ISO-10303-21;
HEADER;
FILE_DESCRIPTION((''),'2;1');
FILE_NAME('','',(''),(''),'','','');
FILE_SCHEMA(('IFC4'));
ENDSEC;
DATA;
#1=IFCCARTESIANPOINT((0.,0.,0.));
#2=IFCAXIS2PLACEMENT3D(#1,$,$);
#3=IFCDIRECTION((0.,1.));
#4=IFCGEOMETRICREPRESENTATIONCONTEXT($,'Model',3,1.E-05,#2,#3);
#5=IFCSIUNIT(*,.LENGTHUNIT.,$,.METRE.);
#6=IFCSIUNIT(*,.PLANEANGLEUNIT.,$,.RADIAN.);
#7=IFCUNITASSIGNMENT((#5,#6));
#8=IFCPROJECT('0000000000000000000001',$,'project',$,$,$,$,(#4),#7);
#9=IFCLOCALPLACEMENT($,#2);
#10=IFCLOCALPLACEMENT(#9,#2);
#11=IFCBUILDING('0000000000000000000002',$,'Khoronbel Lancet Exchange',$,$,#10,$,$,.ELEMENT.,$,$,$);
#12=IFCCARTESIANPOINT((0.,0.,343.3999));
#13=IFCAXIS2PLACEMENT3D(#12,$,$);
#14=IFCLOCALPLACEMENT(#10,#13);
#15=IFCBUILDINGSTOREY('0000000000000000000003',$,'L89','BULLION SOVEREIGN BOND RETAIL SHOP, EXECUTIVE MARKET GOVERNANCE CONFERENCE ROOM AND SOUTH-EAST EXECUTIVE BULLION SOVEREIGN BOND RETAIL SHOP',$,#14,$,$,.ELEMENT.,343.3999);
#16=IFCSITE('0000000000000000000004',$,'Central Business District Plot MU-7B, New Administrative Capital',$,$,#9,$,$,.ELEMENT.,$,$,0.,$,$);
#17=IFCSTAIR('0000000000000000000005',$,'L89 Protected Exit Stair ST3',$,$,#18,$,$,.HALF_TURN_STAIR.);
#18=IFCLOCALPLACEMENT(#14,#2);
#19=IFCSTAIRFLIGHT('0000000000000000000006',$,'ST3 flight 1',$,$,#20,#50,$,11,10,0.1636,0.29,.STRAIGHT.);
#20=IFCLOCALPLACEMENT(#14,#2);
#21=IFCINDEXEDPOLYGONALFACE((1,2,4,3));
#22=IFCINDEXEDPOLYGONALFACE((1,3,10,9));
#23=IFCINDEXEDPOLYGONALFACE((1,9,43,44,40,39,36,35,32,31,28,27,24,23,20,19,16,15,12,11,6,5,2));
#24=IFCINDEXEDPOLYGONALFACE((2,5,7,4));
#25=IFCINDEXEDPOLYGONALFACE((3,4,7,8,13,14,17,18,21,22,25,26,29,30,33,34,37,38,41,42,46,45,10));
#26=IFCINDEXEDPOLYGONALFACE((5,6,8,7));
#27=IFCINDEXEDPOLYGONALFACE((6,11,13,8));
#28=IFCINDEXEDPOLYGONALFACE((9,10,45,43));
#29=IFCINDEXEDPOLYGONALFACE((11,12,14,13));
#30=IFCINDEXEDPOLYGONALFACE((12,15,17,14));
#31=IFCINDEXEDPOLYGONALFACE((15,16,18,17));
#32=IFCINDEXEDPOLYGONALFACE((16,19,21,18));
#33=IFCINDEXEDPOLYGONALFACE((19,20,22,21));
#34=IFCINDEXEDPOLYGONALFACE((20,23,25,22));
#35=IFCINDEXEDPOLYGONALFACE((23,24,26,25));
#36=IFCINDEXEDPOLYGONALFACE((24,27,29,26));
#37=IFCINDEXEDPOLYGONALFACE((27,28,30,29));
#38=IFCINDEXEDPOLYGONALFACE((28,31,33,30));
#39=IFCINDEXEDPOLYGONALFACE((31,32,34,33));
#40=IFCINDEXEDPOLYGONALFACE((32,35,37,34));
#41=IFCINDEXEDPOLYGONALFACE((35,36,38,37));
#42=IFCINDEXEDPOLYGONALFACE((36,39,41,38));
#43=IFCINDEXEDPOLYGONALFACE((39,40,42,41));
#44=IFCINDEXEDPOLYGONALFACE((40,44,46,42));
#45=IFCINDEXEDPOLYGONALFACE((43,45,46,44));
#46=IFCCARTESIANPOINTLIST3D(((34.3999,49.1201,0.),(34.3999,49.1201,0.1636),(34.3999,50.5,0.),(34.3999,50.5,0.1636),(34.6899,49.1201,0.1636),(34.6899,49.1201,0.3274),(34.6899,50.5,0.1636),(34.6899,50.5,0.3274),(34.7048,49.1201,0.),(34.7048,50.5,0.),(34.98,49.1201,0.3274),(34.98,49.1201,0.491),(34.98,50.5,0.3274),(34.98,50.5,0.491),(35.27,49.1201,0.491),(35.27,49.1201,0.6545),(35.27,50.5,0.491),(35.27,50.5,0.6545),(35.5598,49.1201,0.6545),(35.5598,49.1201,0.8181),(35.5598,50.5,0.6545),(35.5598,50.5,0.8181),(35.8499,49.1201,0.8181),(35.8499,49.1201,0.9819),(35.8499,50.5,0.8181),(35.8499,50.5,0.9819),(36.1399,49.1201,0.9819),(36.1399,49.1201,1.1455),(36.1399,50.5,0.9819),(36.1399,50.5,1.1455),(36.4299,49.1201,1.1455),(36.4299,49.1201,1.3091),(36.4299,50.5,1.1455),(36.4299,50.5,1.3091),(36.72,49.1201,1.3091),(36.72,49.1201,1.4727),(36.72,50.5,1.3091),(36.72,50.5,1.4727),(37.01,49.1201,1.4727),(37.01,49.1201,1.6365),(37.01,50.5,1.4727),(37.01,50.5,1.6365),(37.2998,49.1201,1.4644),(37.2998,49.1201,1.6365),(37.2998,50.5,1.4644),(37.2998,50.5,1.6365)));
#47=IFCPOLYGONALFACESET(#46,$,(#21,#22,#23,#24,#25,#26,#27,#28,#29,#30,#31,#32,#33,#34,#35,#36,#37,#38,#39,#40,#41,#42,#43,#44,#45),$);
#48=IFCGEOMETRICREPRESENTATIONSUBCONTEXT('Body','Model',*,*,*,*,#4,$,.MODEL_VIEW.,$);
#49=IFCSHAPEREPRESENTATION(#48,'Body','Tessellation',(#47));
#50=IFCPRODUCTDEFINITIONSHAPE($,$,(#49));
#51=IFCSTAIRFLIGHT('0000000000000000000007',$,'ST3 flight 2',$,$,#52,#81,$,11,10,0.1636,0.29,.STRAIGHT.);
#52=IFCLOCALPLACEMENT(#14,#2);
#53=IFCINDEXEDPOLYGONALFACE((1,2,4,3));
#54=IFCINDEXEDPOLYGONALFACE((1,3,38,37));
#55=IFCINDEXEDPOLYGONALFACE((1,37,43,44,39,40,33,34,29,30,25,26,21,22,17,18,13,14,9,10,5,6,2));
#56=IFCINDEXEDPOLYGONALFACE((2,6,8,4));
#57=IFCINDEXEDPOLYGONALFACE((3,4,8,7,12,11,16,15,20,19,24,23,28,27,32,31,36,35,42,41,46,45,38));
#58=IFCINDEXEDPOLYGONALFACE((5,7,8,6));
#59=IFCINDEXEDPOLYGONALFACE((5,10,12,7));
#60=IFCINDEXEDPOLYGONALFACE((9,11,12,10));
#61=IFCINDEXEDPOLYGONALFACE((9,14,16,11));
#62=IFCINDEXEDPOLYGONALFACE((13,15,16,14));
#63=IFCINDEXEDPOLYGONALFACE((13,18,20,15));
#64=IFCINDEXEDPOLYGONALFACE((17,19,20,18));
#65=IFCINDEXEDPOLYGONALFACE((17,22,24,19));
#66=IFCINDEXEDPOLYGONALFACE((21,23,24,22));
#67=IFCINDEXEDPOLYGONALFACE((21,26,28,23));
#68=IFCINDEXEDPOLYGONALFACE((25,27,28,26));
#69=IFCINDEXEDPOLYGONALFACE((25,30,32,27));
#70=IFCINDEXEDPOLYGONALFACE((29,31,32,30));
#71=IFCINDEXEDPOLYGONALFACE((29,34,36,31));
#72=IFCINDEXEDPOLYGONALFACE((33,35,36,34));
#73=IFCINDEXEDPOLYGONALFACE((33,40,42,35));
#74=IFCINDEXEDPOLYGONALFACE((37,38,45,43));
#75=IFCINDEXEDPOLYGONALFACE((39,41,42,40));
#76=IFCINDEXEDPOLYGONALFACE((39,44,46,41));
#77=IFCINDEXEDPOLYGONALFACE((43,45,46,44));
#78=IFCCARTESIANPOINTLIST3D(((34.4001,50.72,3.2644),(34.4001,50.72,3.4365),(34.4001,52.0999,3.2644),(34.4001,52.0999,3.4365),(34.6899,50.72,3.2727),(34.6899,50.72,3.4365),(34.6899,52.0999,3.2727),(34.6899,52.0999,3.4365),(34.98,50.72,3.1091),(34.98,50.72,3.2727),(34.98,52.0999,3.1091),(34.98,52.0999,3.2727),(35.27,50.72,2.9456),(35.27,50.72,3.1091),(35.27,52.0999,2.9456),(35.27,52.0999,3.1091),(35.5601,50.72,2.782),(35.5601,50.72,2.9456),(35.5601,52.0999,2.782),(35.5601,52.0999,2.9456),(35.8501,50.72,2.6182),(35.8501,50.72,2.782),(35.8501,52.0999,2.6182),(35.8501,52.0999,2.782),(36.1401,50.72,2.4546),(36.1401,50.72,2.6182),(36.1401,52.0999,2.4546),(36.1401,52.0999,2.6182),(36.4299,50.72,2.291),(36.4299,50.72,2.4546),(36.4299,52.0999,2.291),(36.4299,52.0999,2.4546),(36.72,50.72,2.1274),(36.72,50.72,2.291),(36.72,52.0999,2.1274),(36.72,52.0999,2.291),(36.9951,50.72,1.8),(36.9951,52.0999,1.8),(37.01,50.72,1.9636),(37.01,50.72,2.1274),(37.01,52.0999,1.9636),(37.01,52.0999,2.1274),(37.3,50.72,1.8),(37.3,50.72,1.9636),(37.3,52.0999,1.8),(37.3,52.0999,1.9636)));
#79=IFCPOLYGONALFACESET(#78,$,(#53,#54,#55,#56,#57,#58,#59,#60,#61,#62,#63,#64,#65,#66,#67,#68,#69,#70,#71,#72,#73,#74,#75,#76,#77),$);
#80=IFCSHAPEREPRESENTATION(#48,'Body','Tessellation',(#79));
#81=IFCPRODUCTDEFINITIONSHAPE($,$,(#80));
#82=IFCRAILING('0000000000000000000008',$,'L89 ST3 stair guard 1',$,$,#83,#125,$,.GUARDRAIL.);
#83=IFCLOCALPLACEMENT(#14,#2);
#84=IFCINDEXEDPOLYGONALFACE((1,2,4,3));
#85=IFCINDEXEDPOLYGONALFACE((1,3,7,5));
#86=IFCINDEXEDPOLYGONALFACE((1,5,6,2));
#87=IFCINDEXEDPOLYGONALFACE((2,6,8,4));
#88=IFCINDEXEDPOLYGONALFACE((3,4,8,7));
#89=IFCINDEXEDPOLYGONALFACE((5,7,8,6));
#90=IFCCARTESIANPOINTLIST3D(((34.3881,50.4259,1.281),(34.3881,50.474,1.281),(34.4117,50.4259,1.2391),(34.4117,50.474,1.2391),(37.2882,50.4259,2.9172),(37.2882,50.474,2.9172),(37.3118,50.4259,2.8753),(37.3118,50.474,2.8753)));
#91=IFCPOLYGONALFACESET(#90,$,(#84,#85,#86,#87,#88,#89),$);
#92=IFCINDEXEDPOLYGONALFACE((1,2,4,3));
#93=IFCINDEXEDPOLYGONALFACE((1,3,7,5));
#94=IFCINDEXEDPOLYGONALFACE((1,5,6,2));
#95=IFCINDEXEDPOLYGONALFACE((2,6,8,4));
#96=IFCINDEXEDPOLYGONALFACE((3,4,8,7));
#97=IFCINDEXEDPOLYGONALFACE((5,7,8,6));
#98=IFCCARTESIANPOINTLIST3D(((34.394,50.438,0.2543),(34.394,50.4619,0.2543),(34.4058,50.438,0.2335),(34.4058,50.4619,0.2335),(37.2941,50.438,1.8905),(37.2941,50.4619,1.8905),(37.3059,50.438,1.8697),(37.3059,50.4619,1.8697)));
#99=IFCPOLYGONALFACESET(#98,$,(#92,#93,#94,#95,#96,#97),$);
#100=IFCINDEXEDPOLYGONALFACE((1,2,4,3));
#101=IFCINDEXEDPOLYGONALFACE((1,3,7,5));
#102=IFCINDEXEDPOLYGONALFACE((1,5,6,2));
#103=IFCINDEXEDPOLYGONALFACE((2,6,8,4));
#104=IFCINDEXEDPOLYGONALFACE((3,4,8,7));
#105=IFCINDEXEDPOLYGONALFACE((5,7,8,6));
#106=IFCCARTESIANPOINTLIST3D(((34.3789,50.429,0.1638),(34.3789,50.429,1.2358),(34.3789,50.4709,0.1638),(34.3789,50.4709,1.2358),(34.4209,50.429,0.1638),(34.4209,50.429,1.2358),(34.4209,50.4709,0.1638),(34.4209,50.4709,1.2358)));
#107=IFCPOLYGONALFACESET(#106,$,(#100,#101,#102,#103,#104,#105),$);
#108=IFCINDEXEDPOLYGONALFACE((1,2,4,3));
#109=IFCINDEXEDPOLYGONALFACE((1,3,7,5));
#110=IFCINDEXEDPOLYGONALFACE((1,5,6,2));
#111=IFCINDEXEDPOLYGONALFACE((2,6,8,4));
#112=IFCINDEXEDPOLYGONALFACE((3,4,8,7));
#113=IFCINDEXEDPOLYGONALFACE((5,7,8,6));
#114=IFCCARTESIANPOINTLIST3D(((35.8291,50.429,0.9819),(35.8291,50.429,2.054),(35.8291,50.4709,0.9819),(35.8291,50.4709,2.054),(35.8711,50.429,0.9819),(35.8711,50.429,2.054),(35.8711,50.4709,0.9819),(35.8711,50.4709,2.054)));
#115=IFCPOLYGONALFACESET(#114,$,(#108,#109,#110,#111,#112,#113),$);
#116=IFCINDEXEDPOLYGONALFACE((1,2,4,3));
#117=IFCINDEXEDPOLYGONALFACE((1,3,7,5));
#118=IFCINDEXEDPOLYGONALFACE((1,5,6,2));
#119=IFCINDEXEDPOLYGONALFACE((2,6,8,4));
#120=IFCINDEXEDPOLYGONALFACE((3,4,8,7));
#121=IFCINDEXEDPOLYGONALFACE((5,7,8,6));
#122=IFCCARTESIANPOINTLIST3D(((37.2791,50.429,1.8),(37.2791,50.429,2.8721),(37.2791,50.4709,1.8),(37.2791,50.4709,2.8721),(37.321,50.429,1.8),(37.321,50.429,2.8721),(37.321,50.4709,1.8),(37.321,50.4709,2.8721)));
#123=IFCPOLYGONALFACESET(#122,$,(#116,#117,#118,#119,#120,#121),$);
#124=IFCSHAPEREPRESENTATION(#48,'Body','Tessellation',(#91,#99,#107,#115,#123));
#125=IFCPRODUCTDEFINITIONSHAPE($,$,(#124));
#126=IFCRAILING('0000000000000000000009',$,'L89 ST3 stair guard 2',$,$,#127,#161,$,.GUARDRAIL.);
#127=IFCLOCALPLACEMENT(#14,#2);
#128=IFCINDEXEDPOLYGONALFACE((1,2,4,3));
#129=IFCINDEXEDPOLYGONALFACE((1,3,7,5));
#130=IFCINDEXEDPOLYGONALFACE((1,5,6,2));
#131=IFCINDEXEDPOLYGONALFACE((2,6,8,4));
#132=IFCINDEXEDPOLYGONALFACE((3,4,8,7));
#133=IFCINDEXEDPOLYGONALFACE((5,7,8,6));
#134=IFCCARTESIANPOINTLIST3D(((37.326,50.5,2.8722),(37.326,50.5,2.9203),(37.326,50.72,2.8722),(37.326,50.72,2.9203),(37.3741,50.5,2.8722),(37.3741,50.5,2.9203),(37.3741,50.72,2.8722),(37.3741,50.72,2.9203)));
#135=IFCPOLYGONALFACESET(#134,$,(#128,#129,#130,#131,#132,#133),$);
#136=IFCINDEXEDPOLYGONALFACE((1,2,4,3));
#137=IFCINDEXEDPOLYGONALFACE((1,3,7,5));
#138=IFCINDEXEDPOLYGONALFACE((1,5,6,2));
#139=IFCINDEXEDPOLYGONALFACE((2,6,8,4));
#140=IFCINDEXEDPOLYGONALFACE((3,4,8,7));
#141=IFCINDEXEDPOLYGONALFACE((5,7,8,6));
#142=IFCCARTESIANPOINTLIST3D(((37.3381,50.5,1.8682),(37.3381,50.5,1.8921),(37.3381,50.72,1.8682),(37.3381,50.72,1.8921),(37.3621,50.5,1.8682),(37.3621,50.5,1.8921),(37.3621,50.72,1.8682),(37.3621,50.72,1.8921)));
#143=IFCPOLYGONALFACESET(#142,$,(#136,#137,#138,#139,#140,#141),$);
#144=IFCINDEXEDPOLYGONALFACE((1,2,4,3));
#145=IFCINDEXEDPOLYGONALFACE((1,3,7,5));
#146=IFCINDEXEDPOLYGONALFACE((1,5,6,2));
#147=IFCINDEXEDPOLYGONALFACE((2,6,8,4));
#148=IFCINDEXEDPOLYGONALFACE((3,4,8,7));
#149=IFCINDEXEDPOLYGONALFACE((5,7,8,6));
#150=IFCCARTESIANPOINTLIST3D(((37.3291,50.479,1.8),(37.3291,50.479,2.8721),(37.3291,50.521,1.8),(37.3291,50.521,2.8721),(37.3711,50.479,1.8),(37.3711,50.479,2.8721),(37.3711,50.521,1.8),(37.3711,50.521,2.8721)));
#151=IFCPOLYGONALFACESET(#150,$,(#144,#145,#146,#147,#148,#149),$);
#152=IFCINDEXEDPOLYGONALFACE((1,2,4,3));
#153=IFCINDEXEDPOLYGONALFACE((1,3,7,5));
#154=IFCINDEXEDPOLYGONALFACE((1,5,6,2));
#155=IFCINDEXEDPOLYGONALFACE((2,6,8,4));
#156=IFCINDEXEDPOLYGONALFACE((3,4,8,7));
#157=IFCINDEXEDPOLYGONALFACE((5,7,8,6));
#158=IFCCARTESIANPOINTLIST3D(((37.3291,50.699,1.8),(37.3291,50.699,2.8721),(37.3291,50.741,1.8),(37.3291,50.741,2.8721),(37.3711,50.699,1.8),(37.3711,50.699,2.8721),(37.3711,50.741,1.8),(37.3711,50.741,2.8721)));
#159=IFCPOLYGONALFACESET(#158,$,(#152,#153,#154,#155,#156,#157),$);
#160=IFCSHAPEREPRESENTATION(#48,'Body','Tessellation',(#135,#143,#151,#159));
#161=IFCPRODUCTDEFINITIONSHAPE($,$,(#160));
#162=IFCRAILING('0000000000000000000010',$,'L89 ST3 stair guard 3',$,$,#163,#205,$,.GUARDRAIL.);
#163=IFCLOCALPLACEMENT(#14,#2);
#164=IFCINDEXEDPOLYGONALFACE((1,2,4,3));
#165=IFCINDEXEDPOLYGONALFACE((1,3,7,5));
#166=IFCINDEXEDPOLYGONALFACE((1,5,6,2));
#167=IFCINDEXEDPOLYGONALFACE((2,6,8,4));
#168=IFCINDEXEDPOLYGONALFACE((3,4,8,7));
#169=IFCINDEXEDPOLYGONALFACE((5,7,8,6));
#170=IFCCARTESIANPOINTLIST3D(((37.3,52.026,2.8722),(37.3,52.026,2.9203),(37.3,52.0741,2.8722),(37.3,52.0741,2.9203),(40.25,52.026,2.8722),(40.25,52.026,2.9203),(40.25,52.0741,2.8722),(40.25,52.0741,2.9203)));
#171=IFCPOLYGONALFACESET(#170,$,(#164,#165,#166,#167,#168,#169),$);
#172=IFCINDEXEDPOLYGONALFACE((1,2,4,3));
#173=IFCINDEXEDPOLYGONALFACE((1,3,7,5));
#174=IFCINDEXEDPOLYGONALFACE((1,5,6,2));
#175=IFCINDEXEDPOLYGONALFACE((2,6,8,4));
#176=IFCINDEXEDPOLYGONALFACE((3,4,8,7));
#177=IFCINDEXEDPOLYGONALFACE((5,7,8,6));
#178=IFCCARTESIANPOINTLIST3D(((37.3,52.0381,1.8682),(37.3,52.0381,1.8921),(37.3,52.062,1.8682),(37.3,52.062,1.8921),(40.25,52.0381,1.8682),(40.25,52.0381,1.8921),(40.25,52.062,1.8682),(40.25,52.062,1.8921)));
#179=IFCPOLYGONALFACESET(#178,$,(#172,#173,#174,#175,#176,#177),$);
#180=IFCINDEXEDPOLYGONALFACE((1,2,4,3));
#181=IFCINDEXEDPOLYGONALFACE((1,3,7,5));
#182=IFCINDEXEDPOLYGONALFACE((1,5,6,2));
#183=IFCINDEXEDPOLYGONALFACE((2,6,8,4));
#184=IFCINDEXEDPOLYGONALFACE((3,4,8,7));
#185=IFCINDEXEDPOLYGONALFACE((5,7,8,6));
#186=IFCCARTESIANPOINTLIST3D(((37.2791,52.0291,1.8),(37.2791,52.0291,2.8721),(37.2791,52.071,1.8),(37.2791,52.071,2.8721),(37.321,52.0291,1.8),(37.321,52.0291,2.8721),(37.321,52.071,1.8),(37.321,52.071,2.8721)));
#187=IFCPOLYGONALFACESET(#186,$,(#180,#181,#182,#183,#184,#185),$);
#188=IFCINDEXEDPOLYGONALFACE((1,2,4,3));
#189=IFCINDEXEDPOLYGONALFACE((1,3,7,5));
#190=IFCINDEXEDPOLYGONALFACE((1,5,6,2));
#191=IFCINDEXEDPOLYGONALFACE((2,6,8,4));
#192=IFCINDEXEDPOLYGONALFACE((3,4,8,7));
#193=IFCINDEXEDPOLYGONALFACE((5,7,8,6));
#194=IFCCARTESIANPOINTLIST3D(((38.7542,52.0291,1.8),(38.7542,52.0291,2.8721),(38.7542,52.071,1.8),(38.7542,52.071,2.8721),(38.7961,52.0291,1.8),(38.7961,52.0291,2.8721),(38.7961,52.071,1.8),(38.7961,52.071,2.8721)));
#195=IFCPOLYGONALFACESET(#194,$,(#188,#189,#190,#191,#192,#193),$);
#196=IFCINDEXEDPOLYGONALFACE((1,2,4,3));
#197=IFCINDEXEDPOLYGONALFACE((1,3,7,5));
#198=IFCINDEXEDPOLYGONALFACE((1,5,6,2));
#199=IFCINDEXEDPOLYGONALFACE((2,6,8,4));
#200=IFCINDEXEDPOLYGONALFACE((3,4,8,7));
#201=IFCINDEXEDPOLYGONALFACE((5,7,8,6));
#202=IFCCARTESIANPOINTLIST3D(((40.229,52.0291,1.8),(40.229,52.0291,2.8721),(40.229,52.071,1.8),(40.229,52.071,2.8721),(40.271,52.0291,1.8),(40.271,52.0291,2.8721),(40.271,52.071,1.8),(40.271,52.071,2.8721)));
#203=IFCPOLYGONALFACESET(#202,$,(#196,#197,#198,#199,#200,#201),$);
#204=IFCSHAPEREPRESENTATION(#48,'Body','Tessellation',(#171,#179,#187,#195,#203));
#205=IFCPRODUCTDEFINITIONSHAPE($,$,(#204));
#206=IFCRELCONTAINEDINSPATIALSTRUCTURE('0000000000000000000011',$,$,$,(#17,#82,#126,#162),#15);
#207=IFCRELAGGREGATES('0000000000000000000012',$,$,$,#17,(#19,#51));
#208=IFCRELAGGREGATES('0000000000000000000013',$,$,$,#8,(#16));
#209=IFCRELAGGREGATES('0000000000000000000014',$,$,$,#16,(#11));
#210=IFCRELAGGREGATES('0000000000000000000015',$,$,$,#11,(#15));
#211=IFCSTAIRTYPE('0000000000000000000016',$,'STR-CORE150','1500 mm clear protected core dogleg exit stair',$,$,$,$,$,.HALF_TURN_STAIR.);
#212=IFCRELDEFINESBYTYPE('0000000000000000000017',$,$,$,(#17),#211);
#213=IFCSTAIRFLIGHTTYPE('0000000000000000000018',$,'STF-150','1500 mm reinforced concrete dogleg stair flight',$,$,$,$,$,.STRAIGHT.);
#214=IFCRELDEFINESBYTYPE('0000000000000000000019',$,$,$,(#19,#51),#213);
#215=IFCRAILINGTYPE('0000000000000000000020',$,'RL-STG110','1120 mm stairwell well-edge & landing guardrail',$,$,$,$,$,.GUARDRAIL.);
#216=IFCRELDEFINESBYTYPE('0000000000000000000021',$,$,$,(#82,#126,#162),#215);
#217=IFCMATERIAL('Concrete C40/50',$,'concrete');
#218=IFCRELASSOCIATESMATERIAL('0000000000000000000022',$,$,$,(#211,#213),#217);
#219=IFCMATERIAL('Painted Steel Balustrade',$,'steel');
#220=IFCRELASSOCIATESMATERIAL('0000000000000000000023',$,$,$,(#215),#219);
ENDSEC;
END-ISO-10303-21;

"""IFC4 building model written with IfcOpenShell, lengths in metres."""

from ifc_helpers import new_model, si_unit, direction, frame, origin, origin_2d, place, context, subcontext, project, spatial, polyline, rectangle, outline, extrude, material, type_object, element, aggregate, save


model = new_model("IFC4")

# Units and contexts
model_context = context("Model", 3, precision=1e-05, world=origin(), true_north=direction((0.0, 1.0)))
body_context = subcontext(model_context, "Body", "Model", "MODEL_VIEW")
ifc_project = project(units=[si_unit("LENGTHUNIT", "METRE"), si_unit("PLANEANGLEUNIT", "RADIAN")], contexts=[model_context])

# Site, building, storey
site_placement = place(None, origin())
site = spatial("IfcSite", under=ifc_project, at=site_placement, Name="Central Business District Plot MU-7B, New Administrative Capital", CompositionType="ELEMENT", RefElevation=0.0)
building_placement = place(site_placement, origin())
building = spatial("IfcBuilding", under=site, at=building_placement, Name="Khoronbel Lancet Exchange", CompositionType="ELEMENT")
storey_placement = place(building_placement, frame((0.0, 0.0, 343.3999)))
storey = spatial("IfcBuildingStorey", under=building, at=storey_placement, Name="L89", Description="BULLION SOVEREIGN BOND RETAIL SHOP, EXECUTIVE MARKET GOVERNANCE CONFERENCE ROOM AND SOUTH-EAST EXECUTIVE BULLION SOVEREIGN BOND RETAIL SHOP", CompositionType="ELEMENT", Elevation=343.3999)

# Stair, stair flights
ifc_material_1 = material(Name="Concrete C40/50", Category="concrete")
stair_type = type_object("IfcStairType", Name="STR-CORE150", Description="1500 mm clear protected core dogleg exit stair", PredefinedType="HALF_TURN_STAIR", material=ifc_material_1)
stair_placement = place(storey_placement, origin())
stair = element("IfcStair", 1, at=stair_placement, inside=storey, type_object=stair_type, Name="L89 Protected Exit Stair ST3", PredefinedType="HALF_TURN_STAIR")
stair_flight_type = type_object("IfcStairFlightType", Name="STF-150", Description="1500 mm reinforced concrete dogleg stair flight", PredefinedType="STRAIGHT", material=ifc_material_1)
stair_flight_1_placement = place(storey_placement, frame((34.3999, 49.8101, 0.0), z_axis=(0.0, 0.0, 1.0), x_axis=(1.0, 0.0, 0.0)))
stair_flight_1 = element("IfcStairFlight", 2, at=stair_flight_1_placement, type_object=stair_flight_type, Name="ST3 flight 1", NumberOfRisers=11, NumberOfTreads=10, PredefinedType="STRAIGHT", RiserHeight=0.1636, TreadLength=0.29, context=body_context, shape_type="SweptSolid", body=[
    extrude(outline(polyline([(0.0, 0.0), (0.0, 0.1636), (0.29, 0.1636), (0.29, 0.3274), (0.5801, 0.3274), (0.5801, 0.491), (0.8701, 0.491), (0.8701, 0.6545), (1.1599, 0.6545), (1.1599, 0.8181), (1.45, 0.8181), (1.45, 0.9819), (1.74, 0.9819), (1.74, 1.1455), (2.03, 1.1455), (2.03, 1.3091), (2.3201, 1.3091), (2.3201, 1.4727), (2.6101, 1.4727), (2.6101, 1.6365), (2.8999, 1.6365), (2.8999, 1.8), (2.8999, 1.4644), (0.3049, 0.0), (0.0, 0.0)])), frame((0.0, 0.6899, 0.0), z_axis=(0.0, -1.0, 0.0), x_axis=(1.0, 0.0, 0.0)), (0.0, 0.0, 1.0), 1.3799),
])
stair_flight_2_placement = place(storey_placement, frame((37.3, 51.4099, 1.8), z_axis=(0.0, 0.0, 1.0), x_axis=(-1.0, 0.0, 0.0)))
stair_flight_2 = element("IfcStairFlight", 3, at=stair_flight_2_placement, type_object=stair_flight_type, Name="ST3 flight 2", NumberOfRisers=11, NumberOfTreads=10, PredefinedType="STRAIGHT", RiserHeight=0.1636, TreadLength=0.29, context=body_context, shape_type="SweptSolid", body=[
    extrude(outline(polyline([(0.0, 0.0), (0.0, 0.1636), (0.29, 0.1636), (0.29, 0.3274), (0.5801, 0.3274), (0.5801, 0.491), (0.8701, 0.491), (0.8701, 0.6545), (1.1599, 0.6545), (1.1599, 0.8181), (1.45, 0.8181), (1.45, 0.9819), (1.74, 0.9819), (1.74, 1.1455), (2.03, 1.1455), (2.03, 1.3091), (2.3201, 1.3091), (2.3201, 1.4727), (2.6101, 1.4727), (2.6101, 1.6365), (2.8999, 1.6365), (2.8999, 1.8), (2.8999, 1.4644), (0.3049, 0.0), (0.0, 0.0)])), frame((0.0, 0.6899, 0.0), z_axis=(0.0, -1.0, 0.0), x_axis=(1.0, 0.0, 0.0)), (0.0, 0.0, 1.0), 1.3799),
])
aggregate(stair, [stair_flight_1, stair_flight_2])

# Railings
ifc_material_2 = material(Name="Painted Steel Balustrade", Category="steel")
railing_type_1 = type_object("IfcRailingType", Name="RL-STG110", Description="1120 mm stairwell well-edge & landing guardrail", PredefinedType="GUARDRAIL", material=ifc_material_2)
railing_1_placement = place(storey_placement, frame((34.3999, 50.45, 0.1638)))
element("IfcRailing", 4, at=railing_1_placement, inside=storey, type_object=railing_type_1, Name="L89 ST3 stair guard 1", PredefinedType="GUARDRAIL", context=body_context, shape_type="SweptSolid", body=[
    extrude(rectangle(XDim=0.0481, YDim=0.0481, at=origin_2d()), frame((0.0, 0.0, 1.0962), z_axis=(0.870946, 0.0, 0.491378), x_axis=(0.0, 1.0, 0.0)), (0.0, 0.0, 1.0), 3.3298),
    extrude(rectangle(XDim=0.0239, YDim=0.0239, at=origin_2d()), frame((0.0, 0.0, 0.0801), z_axis=(0.870946, 0.0, 0.491378), x_axis=(0.0, 1.0, 0.0)), (0.0, 0.0, 1.0), 3.3298),
    extrude(rectangle(XDim=0.042, YDim=0.042, at=origin_2d()), origin(), (0.0, 0.0, 1.0), 1.072),
    extrude(rectangle(XDim=0.042, YDim=0.042, at=origin_2d()), frame((1.4502, 0.0, 0.8181)), (0.0, 0.0, 1.0), 1.072),
    extrude(rectangle(XDim=0.042, YDim=0.042, at=origin_2d()), frame((2.9001, 0.0, 1.6362)), (0.0, 0.0, 1.0), 1.072),
])
railing_2_placement = place(storey_placement, frame((37.3501, 50.5, 1.8)))
element("IfcRailing", 5, at=railing_2_placement, inside=storey, type_object=railing_type_1, Name="L89 ST3 stair guard 2", PredefinedType="GUARDRAIL", context=body_context, shape_type="SweptSolid", body=[
    extrude(rectangle(XDim=0.0481, YDim=0.0481, at=origin_2d()), frame((0.0, 0.0, 1.0962), z_axis=(0.0, 1.0, 0.0), x_axis=(-1.0, 0.0, 0.0)), (0.0, 0.0, 1.0), 0.22),
    extrude(rectangle(XDim=0.0239, YDim=0.0239, at=origin_2d()), frame((0.0, 0.0, 0.0801), z_axis=(0.0, 1.0, 0.0), x_axis=(-1.0, 0.0, 0.0)), (0.0, 0.0, 1.0), 0.22),
    extrude(rectangle(XDim=0.042, YDim=0.042, at=origin_2d()), origin(), (0.0, 0.0, 1.0), 1.072),
    extrude(rectangle(XDim=0.042, YDim=0.042, at=origin_2d()), frame((0.0, 0.22, 0.0)), (0.0, 0.0, 1.0), 1.072),
])
railing_3_placement = place(storey_placement, frame((37.3, 52.05, 1.8)))
element("IfcRailing", 6, at=railing_3_placement, inside=storey, type_object=railing_type_1, Name="L89 ST3 stair guard 3", PredefinedType="GUARDRAIL", context=body_context, shape_type="SweptSolid", body=[
    extrude(rectangle(XDim=0.0481, YDim=0.0481, at=origin_2d()), frame((0.0, 0.0, 1.0962), z_axis=(1.0, 0.0, 0.0), x_axis=(0.0, 1.0, 0.0)), (0.0, 0.0, 1.0), 2.95),
    extrude(rectangle(XDim=0.0239, YDim=0.0239, at=origin_2d()), frame((0.0, 0.0, 0.0801), z_axis=(1.0, 0.0, 0.0), x_axis=(0.0, 1.0, 0.0)), (0.0, 0.0, 1.0), 2.95),
    extrude(rectangle(XDim=0.042, YDim=0.042, at=origin_2d()), origin(), (0.0, 0.0, 1.0), 1.072),
    extrude(rectangle(XDim=0.042, YDim=0.042, at=origin_2d()), frame((1.4751, 0.0, 0.0)), (0.0, 0.0, 1.0), 1.072),
    extrude(rectangle(XDim=0.042, YDim=0.042, at=origin_2d()), frame((2.95, 0.0, 0.0)), (0.0, 0.0, 1.0), 1.072),
])

save(model, "model.ifc")
